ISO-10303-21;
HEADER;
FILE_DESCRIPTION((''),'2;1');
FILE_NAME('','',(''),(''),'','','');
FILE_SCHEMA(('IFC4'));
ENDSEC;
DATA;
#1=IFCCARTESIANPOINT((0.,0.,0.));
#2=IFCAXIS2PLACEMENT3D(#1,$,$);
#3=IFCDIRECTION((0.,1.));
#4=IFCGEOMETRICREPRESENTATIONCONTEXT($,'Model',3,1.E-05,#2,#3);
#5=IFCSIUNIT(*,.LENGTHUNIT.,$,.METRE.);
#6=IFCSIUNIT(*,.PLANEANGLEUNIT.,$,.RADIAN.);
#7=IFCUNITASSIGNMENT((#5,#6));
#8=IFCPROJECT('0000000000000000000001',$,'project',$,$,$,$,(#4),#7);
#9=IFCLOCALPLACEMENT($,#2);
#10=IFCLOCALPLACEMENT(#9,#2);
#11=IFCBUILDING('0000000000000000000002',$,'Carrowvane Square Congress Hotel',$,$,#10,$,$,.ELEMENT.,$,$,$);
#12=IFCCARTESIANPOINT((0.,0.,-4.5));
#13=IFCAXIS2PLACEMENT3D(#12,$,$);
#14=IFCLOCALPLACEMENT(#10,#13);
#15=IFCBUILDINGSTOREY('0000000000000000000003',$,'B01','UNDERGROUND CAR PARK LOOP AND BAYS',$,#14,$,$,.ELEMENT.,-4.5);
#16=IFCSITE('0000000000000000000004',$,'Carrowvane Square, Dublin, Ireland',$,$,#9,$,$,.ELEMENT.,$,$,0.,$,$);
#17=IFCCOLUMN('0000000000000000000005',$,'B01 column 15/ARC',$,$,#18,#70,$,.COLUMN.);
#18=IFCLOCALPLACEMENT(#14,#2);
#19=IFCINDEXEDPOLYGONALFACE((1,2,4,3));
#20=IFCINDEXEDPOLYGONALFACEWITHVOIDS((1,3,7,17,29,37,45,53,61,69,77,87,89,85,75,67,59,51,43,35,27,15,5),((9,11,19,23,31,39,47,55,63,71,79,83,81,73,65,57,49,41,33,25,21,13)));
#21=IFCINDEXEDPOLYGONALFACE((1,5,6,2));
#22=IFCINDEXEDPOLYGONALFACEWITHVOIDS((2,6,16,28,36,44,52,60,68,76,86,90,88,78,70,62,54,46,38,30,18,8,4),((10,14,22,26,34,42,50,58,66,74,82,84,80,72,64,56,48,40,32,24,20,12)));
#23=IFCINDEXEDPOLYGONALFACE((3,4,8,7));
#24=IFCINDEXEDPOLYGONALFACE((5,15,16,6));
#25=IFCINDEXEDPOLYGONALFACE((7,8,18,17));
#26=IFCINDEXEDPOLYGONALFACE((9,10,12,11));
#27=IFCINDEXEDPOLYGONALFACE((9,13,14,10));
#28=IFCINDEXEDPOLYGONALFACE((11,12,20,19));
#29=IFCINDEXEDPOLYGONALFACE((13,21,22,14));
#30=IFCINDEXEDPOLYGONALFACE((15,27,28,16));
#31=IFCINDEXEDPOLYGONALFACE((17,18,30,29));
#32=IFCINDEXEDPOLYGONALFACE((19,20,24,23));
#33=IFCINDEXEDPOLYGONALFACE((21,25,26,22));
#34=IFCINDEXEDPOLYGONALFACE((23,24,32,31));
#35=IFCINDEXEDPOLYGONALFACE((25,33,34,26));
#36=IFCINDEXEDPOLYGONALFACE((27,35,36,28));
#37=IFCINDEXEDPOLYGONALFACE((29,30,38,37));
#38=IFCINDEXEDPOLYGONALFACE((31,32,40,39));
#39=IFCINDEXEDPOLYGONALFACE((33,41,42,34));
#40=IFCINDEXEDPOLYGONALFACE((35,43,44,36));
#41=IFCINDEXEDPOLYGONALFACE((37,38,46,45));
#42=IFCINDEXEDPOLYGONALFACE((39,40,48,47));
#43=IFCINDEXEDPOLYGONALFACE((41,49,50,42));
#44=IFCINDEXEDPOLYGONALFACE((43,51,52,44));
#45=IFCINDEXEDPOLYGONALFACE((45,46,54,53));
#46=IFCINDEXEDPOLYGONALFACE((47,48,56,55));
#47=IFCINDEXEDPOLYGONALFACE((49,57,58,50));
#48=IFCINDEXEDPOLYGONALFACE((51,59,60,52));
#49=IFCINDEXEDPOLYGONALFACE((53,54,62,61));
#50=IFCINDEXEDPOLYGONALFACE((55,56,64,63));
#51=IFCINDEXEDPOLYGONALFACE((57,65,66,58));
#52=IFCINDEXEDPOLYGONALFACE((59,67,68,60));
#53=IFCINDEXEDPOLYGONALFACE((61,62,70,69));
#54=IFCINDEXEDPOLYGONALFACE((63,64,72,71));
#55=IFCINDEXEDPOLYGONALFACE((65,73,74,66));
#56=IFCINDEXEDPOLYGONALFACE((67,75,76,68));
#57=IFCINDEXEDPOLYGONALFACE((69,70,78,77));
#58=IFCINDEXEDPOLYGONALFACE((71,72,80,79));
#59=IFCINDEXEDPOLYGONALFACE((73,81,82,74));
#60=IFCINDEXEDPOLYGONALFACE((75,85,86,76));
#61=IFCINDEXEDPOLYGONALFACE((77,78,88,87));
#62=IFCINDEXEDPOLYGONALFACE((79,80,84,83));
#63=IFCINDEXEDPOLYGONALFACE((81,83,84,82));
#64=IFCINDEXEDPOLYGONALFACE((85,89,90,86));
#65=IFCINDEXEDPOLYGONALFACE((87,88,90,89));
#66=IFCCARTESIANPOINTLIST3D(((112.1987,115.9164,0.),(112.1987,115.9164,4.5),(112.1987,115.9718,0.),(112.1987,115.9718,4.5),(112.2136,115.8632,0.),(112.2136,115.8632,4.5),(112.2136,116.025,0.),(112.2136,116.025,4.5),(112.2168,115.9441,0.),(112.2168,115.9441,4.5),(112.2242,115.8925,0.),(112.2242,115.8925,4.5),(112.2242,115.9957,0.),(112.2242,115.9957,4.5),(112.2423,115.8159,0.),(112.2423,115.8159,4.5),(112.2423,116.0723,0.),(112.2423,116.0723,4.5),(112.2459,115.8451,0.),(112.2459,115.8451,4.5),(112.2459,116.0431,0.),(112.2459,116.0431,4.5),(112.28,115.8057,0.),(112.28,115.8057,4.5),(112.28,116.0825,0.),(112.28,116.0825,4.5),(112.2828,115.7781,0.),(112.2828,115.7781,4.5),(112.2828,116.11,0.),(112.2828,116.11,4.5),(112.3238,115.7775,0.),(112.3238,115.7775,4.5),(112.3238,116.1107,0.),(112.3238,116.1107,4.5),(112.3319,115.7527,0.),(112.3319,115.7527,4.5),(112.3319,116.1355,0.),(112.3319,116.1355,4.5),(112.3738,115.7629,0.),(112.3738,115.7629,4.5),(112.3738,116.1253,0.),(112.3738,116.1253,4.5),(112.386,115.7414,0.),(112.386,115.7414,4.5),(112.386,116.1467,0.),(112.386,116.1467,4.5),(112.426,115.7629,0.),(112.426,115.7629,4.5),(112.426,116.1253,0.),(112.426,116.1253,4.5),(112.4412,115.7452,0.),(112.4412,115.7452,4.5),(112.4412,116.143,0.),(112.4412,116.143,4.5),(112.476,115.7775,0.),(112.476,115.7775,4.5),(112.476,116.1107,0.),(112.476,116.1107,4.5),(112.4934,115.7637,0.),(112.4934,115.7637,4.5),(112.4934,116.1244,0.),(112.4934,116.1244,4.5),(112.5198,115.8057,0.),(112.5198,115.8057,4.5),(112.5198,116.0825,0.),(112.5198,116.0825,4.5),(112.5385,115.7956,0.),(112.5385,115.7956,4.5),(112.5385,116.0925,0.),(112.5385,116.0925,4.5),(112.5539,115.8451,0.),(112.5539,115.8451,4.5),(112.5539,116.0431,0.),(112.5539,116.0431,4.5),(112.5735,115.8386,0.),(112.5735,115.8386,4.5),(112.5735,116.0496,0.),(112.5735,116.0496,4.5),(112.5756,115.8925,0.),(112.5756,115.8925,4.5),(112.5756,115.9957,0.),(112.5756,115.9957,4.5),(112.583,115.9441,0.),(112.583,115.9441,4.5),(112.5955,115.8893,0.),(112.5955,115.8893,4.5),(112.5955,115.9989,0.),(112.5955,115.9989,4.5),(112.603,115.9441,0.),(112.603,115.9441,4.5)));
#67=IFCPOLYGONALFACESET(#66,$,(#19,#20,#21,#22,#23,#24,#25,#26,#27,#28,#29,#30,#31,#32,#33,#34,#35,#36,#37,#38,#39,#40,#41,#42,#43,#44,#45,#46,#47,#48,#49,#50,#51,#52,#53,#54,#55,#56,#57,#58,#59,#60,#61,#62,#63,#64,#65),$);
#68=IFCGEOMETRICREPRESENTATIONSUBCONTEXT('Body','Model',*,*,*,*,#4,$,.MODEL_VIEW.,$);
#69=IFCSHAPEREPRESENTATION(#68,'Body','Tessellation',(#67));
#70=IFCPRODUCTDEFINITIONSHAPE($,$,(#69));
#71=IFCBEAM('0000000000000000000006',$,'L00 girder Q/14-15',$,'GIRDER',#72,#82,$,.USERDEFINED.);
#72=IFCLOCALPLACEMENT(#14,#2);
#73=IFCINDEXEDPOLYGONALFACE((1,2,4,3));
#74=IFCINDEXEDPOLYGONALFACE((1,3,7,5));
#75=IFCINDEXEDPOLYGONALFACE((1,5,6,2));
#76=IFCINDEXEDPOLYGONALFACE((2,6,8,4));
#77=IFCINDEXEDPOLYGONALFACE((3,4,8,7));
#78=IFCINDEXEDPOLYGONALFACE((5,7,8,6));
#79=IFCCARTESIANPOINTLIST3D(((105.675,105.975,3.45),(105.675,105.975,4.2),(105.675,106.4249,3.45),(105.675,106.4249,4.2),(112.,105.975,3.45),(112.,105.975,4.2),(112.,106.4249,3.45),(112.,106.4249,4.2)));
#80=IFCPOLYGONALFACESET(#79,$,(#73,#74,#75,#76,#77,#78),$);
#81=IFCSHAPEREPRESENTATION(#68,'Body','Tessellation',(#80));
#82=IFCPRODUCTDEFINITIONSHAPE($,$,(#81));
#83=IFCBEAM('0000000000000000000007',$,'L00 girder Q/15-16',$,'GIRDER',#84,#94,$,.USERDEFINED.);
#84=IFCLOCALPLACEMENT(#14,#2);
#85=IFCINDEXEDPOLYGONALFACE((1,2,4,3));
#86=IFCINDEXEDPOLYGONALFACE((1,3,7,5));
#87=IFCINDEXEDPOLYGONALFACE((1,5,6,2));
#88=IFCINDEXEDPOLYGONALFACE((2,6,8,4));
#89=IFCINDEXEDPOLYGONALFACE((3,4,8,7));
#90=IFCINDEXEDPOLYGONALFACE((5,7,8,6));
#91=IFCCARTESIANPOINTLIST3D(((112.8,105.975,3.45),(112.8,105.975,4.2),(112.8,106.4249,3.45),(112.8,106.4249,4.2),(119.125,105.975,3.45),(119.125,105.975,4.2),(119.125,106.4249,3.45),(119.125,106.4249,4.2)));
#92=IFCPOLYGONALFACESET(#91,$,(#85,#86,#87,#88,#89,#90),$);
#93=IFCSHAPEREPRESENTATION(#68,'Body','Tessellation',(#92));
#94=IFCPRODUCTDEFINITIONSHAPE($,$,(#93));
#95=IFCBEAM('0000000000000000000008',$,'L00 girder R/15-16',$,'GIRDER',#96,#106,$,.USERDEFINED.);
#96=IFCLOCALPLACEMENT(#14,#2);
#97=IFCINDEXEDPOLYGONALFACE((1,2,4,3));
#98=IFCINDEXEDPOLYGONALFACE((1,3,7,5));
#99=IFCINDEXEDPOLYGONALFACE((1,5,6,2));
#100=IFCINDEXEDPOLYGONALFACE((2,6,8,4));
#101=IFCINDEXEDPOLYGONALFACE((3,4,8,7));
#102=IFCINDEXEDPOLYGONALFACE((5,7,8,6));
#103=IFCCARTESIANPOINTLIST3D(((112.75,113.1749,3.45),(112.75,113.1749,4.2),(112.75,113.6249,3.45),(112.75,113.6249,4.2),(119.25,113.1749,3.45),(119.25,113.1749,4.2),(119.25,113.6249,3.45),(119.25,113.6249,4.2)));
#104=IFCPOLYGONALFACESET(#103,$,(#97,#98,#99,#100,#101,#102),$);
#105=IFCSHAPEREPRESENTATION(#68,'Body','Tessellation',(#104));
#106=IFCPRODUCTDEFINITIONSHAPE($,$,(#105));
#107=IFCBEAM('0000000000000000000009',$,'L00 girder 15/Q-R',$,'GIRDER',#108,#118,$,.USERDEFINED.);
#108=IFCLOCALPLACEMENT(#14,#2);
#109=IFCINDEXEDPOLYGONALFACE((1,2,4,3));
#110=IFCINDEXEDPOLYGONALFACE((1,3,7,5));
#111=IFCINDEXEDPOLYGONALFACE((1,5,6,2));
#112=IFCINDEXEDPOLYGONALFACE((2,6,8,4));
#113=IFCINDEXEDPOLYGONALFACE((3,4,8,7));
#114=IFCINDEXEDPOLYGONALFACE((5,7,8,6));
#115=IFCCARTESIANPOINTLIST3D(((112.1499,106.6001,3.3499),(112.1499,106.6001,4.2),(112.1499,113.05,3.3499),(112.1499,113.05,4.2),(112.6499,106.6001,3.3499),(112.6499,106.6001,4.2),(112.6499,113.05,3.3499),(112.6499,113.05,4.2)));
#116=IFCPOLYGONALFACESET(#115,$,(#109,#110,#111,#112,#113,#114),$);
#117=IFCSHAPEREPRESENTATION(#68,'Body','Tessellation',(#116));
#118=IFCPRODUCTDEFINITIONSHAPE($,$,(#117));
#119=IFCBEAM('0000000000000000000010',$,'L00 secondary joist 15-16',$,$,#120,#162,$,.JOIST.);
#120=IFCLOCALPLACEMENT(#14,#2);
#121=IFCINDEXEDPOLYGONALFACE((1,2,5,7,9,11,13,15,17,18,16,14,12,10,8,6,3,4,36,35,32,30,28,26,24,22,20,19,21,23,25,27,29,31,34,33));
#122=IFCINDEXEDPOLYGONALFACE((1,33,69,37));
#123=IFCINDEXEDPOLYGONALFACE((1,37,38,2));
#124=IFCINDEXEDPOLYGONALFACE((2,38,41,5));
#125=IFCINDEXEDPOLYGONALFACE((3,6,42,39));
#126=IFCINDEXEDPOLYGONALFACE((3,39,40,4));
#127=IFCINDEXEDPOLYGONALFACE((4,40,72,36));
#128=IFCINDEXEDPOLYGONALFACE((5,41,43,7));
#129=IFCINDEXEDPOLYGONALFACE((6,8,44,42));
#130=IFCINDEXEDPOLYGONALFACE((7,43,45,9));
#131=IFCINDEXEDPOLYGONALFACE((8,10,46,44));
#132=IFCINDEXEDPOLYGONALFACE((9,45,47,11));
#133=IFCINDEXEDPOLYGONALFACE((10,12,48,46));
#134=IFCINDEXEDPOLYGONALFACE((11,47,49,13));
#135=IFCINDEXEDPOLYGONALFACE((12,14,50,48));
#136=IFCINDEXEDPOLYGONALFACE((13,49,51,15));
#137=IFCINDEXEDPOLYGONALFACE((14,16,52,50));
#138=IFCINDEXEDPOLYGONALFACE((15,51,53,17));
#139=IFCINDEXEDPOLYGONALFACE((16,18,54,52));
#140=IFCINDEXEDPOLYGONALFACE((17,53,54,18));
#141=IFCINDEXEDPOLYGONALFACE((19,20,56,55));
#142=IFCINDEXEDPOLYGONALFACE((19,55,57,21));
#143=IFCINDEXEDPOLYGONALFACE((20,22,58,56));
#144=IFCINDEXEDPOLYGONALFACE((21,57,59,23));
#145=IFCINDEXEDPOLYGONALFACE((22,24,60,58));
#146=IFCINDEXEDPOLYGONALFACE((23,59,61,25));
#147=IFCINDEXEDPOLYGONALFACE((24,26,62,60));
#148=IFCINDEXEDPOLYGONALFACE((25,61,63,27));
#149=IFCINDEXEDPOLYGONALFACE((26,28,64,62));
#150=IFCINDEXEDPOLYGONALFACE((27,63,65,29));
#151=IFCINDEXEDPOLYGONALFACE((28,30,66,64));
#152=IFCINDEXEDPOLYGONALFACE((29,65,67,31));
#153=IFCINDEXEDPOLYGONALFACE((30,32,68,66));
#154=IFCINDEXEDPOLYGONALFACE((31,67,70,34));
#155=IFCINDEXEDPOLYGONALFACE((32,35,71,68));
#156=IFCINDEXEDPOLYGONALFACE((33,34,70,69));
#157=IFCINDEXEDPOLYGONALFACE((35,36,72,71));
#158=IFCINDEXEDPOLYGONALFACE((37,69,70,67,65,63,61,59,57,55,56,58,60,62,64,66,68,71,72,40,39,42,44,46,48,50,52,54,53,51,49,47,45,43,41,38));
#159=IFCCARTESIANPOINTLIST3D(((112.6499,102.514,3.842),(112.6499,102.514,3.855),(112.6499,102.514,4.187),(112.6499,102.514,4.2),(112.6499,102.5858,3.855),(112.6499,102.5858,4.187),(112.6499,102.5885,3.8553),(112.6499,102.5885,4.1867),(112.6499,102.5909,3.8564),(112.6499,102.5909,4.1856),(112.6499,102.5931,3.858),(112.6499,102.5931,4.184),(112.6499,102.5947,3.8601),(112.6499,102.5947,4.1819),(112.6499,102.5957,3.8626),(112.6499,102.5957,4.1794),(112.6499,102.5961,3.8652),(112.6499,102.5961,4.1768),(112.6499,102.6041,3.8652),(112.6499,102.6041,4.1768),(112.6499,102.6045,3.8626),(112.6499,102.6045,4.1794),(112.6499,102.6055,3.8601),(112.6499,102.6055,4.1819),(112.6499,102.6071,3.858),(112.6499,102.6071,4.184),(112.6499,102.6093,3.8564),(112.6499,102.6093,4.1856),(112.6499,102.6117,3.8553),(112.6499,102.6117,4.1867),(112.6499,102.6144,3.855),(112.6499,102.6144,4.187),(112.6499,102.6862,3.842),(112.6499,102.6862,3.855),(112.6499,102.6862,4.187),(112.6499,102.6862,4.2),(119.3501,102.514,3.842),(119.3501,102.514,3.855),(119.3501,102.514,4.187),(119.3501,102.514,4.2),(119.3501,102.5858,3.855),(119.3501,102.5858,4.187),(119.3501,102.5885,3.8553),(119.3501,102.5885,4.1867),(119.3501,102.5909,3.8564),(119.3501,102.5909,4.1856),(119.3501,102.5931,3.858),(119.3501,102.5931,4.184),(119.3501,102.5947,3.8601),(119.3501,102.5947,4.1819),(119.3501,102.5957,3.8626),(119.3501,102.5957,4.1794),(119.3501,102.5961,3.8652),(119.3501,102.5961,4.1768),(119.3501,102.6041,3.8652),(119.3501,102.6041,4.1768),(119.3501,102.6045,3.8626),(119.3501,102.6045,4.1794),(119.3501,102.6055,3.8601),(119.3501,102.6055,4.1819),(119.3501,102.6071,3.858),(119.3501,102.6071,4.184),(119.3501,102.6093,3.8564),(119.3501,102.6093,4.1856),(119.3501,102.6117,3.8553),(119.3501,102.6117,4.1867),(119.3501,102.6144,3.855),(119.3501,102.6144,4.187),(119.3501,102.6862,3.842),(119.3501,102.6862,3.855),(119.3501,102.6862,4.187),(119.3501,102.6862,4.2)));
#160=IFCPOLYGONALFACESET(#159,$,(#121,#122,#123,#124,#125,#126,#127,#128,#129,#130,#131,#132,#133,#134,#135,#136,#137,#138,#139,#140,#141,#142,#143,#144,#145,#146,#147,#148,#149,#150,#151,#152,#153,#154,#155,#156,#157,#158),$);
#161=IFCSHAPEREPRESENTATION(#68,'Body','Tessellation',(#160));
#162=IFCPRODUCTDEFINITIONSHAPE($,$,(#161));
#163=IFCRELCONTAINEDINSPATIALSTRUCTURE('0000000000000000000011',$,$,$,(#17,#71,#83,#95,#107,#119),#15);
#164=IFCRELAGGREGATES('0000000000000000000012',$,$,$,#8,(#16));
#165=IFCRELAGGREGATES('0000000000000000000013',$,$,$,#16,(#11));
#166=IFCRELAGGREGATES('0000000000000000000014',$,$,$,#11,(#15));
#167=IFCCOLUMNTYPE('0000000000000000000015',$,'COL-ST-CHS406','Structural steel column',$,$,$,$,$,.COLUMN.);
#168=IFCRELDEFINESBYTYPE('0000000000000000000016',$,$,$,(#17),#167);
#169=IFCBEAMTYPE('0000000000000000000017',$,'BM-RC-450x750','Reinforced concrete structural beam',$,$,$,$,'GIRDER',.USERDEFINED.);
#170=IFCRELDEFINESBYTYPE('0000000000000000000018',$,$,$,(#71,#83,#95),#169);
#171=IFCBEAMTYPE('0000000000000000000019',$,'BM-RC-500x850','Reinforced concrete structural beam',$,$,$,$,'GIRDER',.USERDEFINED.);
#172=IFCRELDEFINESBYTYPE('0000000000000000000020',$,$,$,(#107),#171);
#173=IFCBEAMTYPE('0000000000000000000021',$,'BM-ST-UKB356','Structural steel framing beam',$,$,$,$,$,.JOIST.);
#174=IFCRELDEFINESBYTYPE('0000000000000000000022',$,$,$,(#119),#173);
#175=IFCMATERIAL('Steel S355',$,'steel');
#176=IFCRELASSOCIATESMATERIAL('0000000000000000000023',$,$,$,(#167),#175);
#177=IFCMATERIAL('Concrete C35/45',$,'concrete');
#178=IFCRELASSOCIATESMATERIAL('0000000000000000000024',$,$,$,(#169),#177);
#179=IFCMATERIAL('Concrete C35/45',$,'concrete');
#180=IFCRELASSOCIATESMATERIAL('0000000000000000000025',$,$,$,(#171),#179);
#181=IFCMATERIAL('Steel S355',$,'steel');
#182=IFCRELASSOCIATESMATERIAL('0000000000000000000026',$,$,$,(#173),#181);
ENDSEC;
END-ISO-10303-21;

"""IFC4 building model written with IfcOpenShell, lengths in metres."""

from ifc_helpers import new_model, si_unit, direction, frame, origin, origin_2d, place, context, subcontext, project, spatial, rectangle, hollow_circle, i_section, extrude, material, material_profile, profile_set, type_object, element, save


model = new_model("IFC4")

# Units and contexts
model_context = context("Model", 3, precision=1e-05, world=origin(), true_north=direction((0.0, 1.0)))
body_context = subcontext(model_context, "Body", "Model", "MODEL_VIEW")
ifc_project = project(units=[si_unit("LENGTHUNIT", "METRE"), si_unit("PLANEANGLEUNIT", "RADIAN")], contexts=[model_context])

# Site, building, storey
site_placement = place(None, origin())
site = spatial("IfcSite", under=ifc_project, at=site_placement, Name="Carrowvane Square, Dublin, Ireland", CompositionType="ELEMENT", RefElevation=0.0)
building_placement = place(site_placement, origin())
building = spatial("IfcBuilding", under=site, at=building_placement, Name="Carrowvane Square Congress Hotel", CompositionType="ELEMENT")
storey_placement = place(building_placement, frame((0.0, 0.0, -4.5)))
storey = spatial("IfcBuildingStorey", under=building, at=storey_placement, Name="B01", Description="UNDERGROUND CAR PARK LOOP AND BAYS", CompositionType="ELEMENT", Elevation=-4.5)

# Column
ifc_material_1 = material(Name="Steel S355", Category="steel")
ifc_material_profile_1 = material_profile(ifc_material_1, hollow_circle(Radius=0.2031, WallThickness=0.02, at=origin_2d()), Name="CHS 406.4x20")
ifc_profile_set_1 = profile_set([ifc_material_profile_1], Name="Steel S355")
column_type_1 = type_object("IfcColumnType", Name="COL-ST-CHS406", Description="Structural steel column", PredefinedType="COLUMN", material=ifc_profile_set_1)
column_1_placement = place(storey_placement, frame((112.3999, 115.9441, 0.0), z_axis=(0.0, 0.0, 1.0), x_axis=(1.0, 0.0, 0.0)))
element("IfcColumn", 1, at=column_1_placement, inside=storey, type_object=column_type_1, Name="B01 column 15/ARC", PredefinedType="COLUMN", context=body_context, shape_type="SweptSolid", body=[
    extrude(hollow_circle(Radius=0.2031, WallThickness=0.02, at=origin_2d()), origin(), (0.0, 0.0, 1.0), 4.5),
])

# Beams
ifc_material_2 = material(Name="Concrete C35/45", Category="concrete")
ifc_material_profile_2 = material_profile(ifc_material_2, rectangle(XDim=0.45, YDim=0.75, at=origin_2d()), Name="RC 450x750")
ifc_profile_set_2 = profile_set([ifc_material_profile_2], Name="Concrete C35/45")
beam_type_1 = type_object("IfcBeamType", Name="BM-RC-450x750", Description="Reinforced concrete structural beam", ElementType="GIRDER", PredefinedType="USERDEFINED", material=ifc_profile_set_2)
for number, where, z_axis, x_axis, name in (
    (2, (105.675, 106.2, 3.825), (1.0, 0.0, 0.0), (0.0, 1.0, 0.0), "L00 girder Q/14-15"),
    (3, (112.8, 106.2, 3.825), (1.0, 0.0, 0.0), (0.0, 1.0, 0.0), "L00 girder Q/15-16"),
):
    element("IfcBeam", number, at=place(storey_placement, frame(where, z_axis=z_axis, x_axis=x_axis)), inside=storey, type_object=beam_type_1, Name=name, ObjectType="GIRDER", PredefinedType="USERDEFINED", context=body_context, shape_type="SweptSolid", body=[
        extrude(rectangle(XDim=0.45, YDim=0.75, at=origin_2d()), origin(), (0.0, 0.0, 1.0), 6.325),
    ])
beam_1_placement = place(storey_placement, frame((112.75, 113.3999, 3.825), z_axis=(1.0, 0.0, 0.0), x_axis=(0.0, 1.0, 0.0)))
element("IfcBeam", 4, at=beam_1_placement, inside=storey, type_object=beam_type_1, Name="L00 girder R/15-16", ObjectType="GIRDER", PredefinedType="USERDEFINED", context=body_context, shape_type="SweptSolid", body=[
    extrude(rectangle(XDim=0.45, YDim=0.75, at=origin_2d()), origin(), (0.0, 0.0, 1.0), 6.5),
])
ifc_material_3 = material(Name="Concrete C35/45", Category="concrete")
ifc_material_profile_3 = material_profile(ifc_material_3, rectangle(XDim=0.5, YDim=0.8501, at=origin_2d()), Name="RC 500x850")
ifc_profile_set_3 = profile_set([ifc_material_profile_3], Name="Concrete C35/45")
beam_type_2 = type_object("IfcBeamType", Name="BM-RC-500x850", Description="Reinforced concrete structural beam", ElementType="GIRDER", PredefinedType="USERDEFINED", material=ifc_profile_set_3)
beam_2_placement = place(storey_placement, frame((112.3999, 106.6001, 3.7749), z_axis=(0.0, 1.0, 0.0), x_axis=(-1.0, 0.0, 0.0)))
element("IfcBeam", 5, at=beam_2_placement, inside=storey, type_object=beam_type_2, Name="L00 girder 15/Q-R", ObjectType="GIRDER", PredefinedType="USERDEFINED", context=body_context, shape_type="SweptSolid", body=[
    extrude(rectangle(XDim=0.5, YDim=0.8501, at=origin_2d()), origin(), (0.0, 0.0, 1.0), 6.45),
])
ifc_material_4 = material(Name="Steel S355", Category="steel")
ifc_material_profile_4 = material_profile(ifc_material_4, i_section(OverallWidth=0.1721, OverallDepth=0.3579, WebThickness=0.0081, FlangeThickness=0.0129, FilletRadius=0.0103, at=origin_2d()), Name="UKB 356x171x57")
ifc_profile_set_4 = profile_set([ifc_material_profile_4], Name="Steel S355")
beam_type_3 = type_object("IfcBeamType", Name="BM-ST-UKB356", Description="Structural steel framing beam", PredefinedType="JOIST", material=ifc_profile_set_4)
for number, where, z_axis, x_axis, name in (
    (6, (112.6499, 102.6001, 4.021), (1.0, 0.0, 0.0), (0.0, 1.0, 0.0), "L00 secondary joist 15-16"),
):
    element("IfcBeam", number, at=place(storey_placement, frame(where, z_axis=z_axis, x_axis=x_axis)), inside=storey, type_object=beam_type_3, Name=name, PredefinedType="JOIST", context=body_context, shape_type="SweptSolid", body=[
        extrude(i_section(OverallWidth=0.1721, OverallDepth=0.3579, WebThickness=0.0081, FlangeThickness=0.0129, FilletRadius=0.0103, at=origin_2d()), origin(), (0.0, 0.0, 1.0), 6.7002),
    ])

save(model, "model.ifc")
